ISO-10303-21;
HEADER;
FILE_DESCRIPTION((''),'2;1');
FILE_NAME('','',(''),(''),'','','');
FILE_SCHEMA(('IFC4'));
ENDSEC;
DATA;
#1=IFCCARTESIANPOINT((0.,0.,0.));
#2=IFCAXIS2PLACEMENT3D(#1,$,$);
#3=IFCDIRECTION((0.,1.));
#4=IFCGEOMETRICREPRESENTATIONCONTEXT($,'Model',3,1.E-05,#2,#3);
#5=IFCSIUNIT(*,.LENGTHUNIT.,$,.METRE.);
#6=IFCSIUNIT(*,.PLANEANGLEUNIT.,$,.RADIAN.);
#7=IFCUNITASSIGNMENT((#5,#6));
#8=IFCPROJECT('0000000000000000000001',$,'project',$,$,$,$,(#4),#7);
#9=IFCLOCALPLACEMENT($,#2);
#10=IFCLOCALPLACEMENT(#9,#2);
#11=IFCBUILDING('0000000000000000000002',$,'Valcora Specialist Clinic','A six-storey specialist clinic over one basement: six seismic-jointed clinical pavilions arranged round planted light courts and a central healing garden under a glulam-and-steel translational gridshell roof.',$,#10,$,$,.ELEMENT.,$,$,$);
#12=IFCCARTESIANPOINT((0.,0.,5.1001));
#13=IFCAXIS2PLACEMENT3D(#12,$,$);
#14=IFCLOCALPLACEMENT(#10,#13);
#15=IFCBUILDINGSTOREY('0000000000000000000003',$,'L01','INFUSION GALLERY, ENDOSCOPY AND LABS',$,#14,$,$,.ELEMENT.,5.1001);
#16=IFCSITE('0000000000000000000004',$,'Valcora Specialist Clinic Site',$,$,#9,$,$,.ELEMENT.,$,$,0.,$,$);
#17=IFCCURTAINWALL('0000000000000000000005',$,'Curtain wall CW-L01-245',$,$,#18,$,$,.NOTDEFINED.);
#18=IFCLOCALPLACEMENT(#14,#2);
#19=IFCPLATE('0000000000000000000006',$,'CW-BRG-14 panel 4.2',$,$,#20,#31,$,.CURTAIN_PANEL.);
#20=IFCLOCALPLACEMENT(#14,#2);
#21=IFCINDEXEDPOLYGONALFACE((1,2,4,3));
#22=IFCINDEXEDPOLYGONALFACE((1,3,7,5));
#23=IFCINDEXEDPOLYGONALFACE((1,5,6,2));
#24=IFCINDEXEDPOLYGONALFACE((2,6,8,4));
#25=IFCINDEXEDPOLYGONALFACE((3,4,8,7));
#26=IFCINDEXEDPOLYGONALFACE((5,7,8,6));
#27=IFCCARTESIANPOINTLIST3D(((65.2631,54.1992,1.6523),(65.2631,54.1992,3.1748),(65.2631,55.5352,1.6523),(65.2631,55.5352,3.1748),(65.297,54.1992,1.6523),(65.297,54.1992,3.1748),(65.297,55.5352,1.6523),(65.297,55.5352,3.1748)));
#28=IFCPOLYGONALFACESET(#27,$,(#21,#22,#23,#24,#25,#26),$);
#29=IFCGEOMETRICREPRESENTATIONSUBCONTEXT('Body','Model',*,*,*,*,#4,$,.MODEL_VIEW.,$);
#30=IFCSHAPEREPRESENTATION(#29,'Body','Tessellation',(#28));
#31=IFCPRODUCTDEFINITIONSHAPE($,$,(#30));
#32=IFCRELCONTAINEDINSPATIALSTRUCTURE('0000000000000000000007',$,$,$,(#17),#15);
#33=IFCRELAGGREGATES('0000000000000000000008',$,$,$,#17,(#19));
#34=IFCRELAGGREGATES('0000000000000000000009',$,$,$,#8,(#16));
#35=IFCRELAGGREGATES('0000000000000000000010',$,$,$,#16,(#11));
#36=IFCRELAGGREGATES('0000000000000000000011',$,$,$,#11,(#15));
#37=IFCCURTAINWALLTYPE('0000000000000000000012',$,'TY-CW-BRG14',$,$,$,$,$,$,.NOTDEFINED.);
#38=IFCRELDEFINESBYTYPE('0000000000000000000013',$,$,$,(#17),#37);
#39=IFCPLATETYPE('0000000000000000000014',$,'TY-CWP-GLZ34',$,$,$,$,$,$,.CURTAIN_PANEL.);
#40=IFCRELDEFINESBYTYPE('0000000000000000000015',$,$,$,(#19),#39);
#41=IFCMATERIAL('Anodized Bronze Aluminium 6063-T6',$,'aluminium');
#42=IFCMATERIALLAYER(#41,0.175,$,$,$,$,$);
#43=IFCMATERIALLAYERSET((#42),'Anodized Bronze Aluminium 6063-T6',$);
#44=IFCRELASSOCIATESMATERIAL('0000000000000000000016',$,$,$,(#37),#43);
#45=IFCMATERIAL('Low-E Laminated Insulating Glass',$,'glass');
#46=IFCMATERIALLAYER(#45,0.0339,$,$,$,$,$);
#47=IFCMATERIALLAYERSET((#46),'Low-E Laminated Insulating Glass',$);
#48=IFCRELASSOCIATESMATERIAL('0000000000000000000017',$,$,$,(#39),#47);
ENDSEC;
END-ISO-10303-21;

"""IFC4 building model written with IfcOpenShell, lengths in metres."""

from ifc_helpers import new_model, si_unit, direction, frame, origin, origin_2d, place, context, subcontext, project, spatial, rectangle, extrude, material, layer, layer_set, type_object, element, aggregate, save


model = new_model("IFC4")

# Units and contexts
model_context = context("Model", 3, precision=1e-05, world=origin(), true_north=direction((0.0, 1.0)))
body_context = subcontext(model_context, "Body", "Model", "MODEL_VIEW")
ifc_project = project(units=[si_unit("LENGTHUNIT", "METRE"), si_unit("PLANEANGLEUNIT", "RADIAN")], contexts=[model_context])

# Site, building, storey
site_placement = place(None, origin())
site = spatial("IfcSite", under=ifc_project, at=site_placement, Name="Valcora Specialist Clinic Site", CompositionType="ELEMENT", RefElevation=0.0)
building_placement = place(site_placement, origin())
building = spatial("IfcBuilding", under=site, at=building_placement, Name="Valcora Specialist Clinic", Description="A six-storey specialist clinic over one basement: six seismic-jointed clinical pavilions arranged round planted light courts and a central healing garden under a glulam-and-steel translational gridshell roof.", CompositionType="ELEMENT")
storey_placement = place(building_placement, frame((0.0, 0.0, 5.1001)))
storey = spatial("IfcBuildingStorey", under=building, at=storey_placement, Name="L01", Description="INFUSION GALLERY, ENDOSCOPY AND LABS", CompositionType="ELEMENT", Elevation=5.1001)

# Curtain wall
ifc_material_1 = material(Name="Anodized Bronze Aluminium 6063-T6", Category="aluminium")
ifc_layer_1 = layer(ifc_material_1, 0.175)
ifc_layer_set_1 = layer_set([ifc_layer_1], Name="Anodized Bronze Aluminium 6063-T6")
curtain_wall_type = type_object("IfcCurtainWallType", Name="TY-CW-BRG14", PredefinedType="NOTDEFINED", material=ifc_layer_set_1)
curtain_wall_1_placement = place(storey_placement, origin())
curtain_wall_1 = element("IfcCurtainWall", 1, at=curtain_wall_1_placement, inside=storey, type_object=curtain_wall_type, Name="Curtain wall CW-L01-245", PredefinedType="NOTDEFINED")

# Plate
ifc_material_2 = material(Name="Low-E Laminated Insulating Glass", Category="glass")
ifc_layer_2 = layer(ifc_material_2, 0.0339)
ifc_layer_set_2 = layer_set([ifc_layer_2], Name="Low-E Laminated Insulating Glass")
plate_type_1 = type_object("IfcPlateType", Name="TY-CWP-GLZ34", PredefinedType="CURTAIN_PANEL", material=ifc_layer_set_2)
plate_1_placement = place(storey_placement, frame((65.28, 54.8672, 1.6523), z_axis=(0.0, 0.0, 1.0), x_axis=(0.0, 1.0, 0.0)))
plate_1 = element("IfcPlate", 2, at=plate_1_placement, type_object=plate_type_1, Name="CW-BRG-14 panel 4.2", PredefinedType="CURTAIN_PANEL", context=body_context, shape_type="SweptSolid", body=[
    extrude(rectangle(XDim=1.3359, YDim=0.0339, at=origin_2d()), origin(), (0.0, 0.0, 1.0), 1.5225),
])
aggregate(curtain_wall_1, [plate_1])

save(model, "model.ifc")
